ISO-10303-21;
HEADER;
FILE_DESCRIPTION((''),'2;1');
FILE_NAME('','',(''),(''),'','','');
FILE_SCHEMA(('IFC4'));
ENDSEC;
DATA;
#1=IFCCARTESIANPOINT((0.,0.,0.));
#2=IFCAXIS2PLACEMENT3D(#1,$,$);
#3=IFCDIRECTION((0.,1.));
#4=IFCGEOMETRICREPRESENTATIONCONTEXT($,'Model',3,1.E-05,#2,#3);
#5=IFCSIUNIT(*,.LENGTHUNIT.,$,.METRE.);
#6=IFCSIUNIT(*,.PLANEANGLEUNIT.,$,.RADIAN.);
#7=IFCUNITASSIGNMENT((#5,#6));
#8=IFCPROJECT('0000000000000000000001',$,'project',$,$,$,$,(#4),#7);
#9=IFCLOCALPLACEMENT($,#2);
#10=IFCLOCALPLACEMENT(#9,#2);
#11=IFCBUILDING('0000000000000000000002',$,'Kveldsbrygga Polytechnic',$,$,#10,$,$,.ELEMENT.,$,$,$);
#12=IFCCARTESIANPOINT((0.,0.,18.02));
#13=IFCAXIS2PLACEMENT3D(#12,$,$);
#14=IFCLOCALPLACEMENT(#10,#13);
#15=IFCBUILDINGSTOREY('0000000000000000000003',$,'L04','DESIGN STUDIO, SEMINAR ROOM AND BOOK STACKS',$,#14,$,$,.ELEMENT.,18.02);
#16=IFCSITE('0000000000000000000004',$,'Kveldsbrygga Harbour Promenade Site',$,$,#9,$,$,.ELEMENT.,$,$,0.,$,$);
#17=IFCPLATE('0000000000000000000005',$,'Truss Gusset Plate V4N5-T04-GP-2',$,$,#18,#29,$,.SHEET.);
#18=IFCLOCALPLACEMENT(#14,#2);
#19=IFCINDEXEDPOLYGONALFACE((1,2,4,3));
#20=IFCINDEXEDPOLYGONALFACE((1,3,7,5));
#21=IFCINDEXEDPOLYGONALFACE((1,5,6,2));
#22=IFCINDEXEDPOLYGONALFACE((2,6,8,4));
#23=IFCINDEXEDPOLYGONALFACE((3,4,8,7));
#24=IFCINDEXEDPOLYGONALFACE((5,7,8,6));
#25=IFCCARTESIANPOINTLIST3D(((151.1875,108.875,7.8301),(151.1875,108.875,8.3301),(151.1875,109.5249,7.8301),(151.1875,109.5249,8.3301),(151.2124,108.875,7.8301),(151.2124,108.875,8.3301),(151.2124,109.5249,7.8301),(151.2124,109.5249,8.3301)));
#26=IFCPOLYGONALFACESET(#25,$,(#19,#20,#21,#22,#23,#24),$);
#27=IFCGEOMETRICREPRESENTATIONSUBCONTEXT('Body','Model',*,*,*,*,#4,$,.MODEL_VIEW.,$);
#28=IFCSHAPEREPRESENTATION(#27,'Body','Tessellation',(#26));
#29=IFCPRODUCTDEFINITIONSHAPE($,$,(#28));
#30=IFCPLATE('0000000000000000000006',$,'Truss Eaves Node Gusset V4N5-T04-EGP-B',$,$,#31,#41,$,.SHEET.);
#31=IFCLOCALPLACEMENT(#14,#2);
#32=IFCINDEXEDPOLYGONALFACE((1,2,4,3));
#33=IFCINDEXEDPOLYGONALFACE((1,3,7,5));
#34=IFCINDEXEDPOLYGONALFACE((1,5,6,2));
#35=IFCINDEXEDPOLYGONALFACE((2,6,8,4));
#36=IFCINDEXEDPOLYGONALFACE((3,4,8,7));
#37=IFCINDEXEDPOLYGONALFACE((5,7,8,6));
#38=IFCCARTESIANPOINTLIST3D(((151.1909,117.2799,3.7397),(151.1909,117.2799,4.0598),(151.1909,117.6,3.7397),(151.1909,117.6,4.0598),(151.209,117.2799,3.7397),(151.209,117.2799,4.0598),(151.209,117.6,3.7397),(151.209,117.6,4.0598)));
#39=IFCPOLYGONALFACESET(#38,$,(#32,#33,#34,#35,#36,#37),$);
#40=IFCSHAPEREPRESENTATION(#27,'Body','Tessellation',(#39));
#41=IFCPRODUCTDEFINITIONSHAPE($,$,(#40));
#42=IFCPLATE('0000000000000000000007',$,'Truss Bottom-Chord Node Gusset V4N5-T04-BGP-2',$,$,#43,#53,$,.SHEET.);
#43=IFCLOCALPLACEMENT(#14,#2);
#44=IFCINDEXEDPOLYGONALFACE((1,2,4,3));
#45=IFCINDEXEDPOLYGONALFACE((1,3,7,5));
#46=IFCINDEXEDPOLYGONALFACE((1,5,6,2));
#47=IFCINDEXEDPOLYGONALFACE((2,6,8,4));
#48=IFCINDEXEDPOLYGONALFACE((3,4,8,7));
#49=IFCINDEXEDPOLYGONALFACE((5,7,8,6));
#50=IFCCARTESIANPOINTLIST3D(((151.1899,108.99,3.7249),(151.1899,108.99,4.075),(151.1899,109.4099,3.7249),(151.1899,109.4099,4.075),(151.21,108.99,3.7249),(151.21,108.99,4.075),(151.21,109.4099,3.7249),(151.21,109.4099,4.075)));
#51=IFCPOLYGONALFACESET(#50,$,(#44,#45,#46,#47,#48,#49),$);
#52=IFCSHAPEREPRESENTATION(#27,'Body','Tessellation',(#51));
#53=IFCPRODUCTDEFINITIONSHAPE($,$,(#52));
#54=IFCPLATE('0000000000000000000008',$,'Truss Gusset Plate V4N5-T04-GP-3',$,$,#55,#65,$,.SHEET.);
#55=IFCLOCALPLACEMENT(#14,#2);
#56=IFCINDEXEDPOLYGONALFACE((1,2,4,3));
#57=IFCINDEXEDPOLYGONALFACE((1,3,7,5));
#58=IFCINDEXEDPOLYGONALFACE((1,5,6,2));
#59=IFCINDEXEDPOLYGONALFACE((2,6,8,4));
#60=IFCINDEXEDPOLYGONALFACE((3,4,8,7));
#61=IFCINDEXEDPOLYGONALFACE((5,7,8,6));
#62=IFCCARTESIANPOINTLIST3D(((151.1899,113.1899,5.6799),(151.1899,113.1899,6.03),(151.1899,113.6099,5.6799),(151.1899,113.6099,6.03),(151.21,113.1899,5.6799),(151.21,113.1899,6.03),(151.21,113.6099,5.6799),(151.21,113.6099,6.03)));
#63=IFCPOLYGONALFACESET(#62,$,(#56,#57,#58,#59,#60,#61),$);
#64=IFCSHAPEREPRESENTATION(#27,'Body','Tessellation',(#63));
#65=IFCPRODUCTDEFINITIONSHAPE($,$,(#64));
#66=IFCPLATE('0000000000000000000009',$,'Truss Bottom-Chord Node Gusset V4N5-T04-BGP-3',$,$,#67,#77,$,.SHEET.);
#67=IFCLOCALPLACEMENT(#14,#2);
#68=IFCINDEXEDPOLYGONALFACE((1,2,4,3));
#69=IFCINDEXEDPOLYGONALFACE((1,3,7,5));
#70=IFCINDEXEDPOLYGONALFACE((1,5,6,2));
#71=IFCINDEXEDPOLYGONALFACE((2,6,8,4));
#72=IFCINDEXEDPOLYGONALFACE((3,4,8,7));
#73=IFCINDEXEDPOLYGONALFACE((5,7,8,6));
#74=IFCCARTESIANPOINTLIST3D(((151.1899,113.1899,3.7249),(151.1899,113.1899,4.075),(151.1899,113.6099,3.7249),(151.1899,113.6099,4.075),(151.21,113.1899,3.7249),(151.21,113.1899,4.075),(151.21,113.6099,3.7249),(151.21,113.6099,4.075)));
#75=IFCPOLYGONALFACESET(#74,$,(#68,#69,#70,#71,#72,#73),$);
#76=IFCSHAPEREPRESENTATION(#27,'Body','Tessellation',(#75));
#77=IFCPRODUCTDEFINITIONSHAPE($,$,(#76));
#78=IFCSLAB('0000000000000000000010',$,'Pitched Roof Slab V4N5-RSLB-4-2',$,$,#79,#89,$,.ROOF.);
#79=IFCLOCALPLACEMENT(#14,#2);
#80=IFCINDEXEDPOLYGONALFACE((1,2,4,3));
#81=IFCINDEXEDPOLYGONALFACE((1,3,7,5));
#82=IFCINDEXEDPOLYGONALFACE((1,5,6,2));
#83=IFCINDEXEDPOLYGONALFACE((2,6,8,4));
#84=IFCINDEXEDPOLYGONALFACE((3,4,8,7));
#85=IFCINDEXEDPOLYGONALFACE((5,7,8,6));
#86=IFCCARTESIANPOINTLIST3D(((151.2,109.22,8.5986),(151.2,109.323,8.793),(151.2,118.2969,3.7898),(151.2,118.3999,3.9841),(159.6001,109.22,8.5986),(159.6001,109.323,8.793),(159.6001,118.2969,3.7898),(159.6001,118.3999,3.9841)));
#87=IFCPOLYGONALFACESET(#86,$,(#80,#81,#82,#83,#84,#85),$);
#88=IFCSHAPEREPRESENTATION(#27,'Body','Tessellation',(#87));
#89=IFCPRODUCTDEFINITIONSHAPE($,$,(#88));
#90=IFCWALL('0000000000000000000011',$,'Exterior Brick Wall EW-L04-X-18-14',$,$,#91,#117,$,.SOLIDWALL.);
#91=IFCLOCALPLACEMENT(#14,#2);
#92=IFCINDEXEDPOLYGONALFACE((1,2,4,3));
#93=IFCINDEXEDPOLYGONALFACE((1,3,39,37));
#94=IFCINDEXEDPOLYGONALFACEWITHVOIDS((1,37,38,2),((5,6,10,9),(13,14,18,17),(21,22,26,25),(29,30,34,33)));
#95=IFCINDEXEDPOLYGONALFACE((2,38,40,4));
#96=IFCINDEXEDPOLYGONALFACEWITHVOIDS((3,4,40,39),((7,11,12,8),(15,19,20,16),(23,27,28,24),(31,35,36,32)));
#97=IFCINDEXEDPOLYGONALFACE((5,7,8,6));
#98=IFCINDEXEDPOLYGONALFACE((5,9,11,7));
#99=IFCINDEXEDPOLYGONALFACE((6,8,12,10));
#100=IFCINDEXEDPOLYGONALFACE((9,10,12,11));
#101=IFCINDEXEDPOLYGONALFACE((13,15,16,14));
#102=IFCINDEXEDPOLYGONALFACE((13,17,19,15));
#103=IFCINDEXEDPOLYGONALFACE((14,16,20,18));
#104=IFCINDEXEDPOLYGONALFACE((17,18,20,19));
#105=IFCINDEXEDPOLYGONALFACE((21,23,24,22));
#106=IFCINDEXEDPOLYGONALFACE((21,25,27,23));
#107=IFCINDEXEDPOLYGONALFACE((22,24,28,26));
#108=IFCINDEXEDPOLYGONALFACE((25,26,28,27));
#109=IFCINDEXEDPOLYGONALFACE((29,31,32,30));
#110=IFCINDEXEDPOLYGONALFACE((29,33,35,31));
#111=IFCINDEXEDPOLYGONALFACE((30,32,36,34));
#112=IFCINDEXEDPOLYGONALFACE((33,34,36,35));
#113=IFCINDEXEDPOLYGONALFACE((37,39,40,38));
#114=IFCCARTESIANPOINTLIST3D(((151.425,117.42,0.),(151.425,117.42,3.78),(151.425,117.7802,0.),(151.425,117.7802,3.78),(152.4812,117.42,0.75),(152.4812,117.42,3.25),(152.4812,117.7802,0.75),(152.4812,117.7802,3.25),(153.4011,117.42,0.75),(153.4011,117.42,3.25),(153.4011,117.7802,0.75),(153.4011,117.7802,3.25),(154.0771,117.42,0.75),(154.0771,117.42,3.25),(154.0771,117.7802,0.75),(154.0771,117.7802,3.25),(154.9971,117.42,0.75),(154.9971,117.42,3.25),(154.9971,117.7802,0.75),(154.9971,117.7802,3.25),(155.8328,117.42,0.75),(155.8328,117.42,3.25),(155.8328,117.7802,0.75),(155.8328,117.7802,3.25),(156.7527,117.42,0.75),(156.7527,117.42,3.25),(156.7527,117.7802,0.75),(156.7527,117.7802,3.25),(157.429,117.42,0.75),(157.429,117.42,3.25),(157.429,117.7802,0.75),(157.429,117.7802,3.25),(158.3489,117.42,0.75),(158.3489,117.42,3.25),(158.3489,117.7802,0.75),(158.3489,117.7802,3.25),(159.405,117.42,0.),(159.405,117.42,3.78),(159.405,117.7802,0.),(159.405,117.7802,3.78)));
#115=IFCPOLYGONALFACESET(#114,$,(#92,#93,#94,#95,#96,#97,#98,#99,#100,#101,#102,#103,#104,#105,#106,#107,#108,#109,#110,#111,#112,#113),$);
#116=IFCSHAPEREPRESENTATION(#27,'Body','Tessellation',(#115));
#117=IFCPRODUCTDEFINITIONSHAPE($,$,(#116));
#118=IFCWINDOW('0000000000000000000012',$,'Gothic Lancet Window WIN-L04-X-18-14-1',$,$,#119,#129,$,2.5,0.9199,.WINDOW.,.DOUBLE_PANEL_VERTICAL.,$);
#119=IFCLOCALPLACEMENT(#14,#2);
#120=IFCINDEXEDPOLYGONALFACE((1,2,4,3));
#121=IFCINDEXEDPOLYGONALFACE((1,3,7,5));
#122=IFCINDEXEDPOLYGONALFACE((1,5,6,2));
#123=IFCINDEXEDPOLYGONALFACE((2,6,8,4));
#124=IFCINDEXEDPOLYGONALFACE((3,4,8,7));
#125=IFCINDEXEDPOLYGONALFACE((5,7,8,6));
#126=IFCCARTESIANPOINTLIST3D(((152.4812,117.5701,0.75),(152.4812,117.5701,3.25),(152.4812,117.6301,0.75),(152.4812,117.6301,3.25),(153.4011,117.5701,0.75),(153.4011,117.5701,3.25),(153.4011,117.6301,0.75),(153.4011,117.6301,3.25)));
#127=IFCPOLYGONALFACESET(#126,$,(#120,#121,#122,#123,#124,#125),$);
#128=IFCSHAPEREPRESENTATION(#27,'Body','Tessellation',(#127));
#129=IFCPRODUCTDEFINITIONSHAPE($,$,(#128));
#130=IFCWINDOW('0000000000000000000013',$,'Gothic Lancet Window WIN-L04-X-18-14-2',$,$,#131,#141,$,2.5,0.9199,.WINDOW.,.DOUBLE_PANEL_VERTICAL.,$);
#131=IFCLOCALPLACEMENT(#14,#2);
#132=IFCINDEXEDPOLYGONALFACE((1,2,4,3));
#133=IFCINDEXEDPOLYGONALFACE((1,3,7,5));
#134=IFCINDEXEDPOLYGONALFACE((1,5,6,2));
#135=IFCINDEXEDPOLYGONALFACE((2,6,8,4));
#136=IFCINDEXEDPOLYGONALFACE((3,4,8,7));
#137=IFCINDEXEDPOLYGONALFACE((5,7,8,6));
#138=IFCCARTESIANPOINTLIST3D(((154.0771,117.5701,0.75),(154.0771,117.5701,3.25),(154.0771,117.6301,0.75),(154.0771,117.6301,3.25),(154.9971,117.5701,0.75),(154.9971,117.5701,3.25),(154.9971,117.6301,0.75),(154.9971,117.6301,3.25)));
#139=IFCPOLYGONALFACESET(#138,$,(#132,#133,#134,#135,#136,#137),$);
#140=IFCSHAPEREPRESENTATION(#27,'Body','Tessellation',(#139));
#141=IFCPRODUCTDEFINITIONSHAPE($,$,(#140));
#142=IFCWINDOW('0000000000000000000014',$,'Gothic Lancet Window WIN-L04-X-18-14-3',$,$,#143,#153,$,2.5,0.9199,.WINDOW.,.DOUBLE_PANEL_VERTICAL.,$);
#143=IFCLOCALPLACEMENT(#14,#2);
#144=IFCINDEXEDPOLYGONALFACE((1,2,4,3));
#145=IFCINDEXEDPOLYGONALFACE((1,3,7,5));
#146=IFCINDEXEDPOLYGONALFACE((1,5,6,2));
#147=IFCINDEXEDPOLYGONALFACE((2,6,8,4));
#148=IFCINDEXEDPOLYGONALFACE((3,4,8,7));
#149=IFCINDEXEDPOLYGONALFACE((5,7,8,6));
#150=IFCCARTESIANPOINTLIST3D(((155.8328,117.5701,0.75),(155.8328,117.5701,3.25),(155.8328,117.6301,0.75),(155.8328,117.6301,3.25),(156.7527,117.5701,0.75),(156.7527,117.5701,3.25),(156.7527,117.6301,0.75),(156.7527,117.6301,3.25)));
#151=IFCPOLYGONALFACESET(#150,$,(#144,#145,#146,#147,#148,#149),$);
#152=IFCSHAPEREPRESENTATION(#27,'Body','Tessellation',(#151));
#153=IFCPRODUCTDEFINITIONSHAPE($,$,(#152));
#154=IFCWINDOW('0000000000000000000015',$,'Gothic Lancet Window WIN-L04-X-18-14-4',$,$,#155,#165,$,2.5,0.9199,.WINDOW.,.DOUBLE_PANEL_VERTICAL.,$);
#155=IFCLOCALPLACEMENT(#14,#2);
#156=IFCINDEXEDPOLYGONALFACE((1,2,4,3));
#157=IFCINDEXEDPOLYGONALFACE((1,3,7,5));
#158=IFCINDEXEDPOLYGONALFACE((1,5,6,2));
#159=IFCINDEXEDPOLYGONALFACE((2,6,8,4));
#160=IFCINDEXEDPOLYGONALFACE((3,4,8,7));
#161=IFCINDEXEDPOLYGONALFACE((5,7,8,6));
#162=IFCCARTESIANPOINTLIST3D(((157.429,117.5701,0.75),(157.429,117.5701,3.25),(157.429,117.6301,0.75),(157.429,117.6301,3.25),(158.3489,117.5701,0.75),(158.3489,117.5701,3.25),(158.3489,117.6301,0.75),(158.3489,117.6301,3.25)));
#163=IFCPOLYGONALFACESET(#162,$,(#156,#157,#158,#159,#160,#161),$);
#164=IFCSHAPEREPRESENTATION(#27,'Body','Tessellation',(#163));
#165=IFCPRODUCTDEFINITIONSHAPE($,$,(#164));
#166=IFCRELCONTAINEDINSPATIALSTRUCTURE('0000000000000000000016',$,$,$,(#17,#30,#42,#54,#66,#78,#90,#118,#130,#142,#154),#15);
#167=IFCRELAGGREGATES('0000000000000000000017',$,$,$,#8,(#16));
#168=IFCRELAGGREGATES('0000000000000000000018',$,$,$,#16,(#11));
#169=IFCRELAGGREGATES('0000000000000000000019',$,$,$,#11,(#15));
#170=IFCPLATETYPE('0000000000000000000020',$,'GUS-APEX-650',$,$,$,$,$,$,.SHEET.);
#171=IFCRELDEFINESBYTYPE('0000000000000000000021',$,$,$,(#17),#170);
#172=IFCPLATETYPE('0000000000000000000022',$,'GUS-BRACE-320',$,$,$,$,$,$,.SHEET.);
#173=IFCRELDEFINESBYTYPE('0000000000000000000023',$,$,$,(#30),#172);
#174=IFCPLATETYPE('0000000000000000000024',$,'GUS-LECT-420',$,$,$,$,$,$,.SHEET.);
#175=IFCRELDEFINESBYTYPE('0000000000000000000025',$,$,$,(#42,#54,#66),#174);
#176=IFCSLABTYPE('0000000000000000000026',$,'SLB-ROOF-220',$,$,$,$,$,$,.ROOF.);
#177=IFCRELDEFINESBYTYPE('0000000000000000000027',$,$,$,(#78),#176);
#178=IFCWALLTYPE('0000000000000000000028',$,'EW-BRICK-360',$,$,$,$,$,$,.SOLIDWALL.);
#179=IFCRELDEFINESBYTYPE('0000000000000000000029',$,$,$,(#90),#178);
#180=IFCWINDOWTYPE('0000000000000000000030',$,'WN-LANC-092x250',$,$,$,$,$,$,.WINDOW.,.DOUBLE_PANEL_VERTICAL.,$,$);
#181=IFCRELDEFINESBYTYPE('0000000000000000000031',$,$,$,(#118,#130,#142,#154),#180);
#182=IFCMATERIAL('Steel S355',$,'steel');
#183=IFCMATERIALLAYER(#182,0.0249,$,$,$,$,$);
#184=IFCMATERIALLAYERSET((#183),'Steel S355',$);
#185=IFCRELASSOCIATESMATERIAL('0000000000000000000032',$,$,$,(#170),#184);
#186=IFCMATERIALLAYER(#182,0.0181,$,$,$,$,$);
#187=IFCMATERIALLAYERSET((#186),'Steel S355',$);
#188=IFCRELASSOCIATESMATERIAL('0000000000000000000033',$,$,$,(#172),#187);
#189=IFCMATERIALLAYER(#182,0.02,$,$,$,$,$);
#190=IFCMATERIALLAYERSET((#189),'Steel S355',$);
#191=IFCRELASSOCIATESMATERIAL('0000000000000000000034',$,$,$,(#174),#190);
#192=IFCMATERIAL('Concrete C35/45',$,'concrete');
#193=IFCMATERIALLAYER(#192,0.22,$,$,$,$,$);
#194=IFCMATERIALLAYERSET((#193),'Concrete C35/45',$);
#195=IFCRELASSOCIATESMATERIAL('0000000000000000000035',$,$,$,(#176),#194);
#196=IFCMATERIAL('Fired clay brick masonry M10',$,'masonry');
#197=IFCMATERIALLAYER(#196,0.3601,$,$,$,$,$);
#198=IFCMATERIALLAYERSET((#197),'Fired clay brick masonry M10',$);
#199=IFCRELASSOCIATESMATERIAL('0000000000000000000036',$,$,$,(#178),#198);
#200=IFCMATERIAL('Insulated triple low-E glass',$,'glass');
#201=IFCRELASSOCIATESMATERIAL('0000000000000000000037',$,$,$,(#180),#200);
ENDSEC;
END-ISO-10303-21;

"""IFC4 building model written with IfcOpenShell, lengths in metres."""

from ifc_helpers import new_model, si_unit, direction, frame, frame_2d, origin, origin_2d, place, context, subcontext, project, spatial, polyline, rectangle, outline, extrude, material, layer, layer_set, type_object, element, fill, save


model = new_model("IFC4")

# Units and contexts
model_context = context("Model", 3, precision=1e-05, world=origin(), true_north=direction((0.0, 1.0)))
body_context = subcontext(model_context, "Body", "Model", "MODEL_VIEW")
ifc_project = project(units=[si_unit("LENGTHUNIT", "METRE"), si_unit("PLANEANGLEUNIT", "RADIAN")], contexts=[model_context])

# Site, building, storey
site_placement = place(None, origin())
site = spatial("IfcSite", under=ifc_project, at=site_placement, Name="Kveldsbrygga Harbour Promenade Site", CompositionType="ELEMENT", RefElevation=0.0)
building_placement = place(site_placement, origin())
building = spatial("IfcBuilding", under=site, at=building_placement, Name="Kveldsbrygga Polytechnic", CompositionType="ELEMENT")
storey_placement = place(building_placement, frame((0.0, 0.0, 18.02)))
storey = spatial("IfcBuildingStorey", under=building, at=storey_placement, Name="L04", Description="DESIGN STUDIO, SEMINAR ROOM AND BOOK STACKS", CompositionType="ELEMENT", Elevation=18.02)

# Shared definitions
ifc_material_1 = material(Name="Steel S355", Category="steel")

# Plates
ifc_layer_1 = layer(ifc_material_1, 0.0249)
ifc_layer_set_1 = layer_set([ifc_layer_1], Name="Steel S355")
plate_type_1 = type_object("IfcPlateType", Name="GUS-APEX-650", PredefinedType="SHEET", material=ifc_layer_set_1)
plate_1_placement = place(storey_placement, frame((151.2, 109.2, 7.8301), z_axis=(0.0, 0.0, 1.0), x_axis=(1.0, 0.0, 0.0)))
element("IfcPlate", 1, at=plate_1_placement, inside=storey, type_object=plate_type_1, Name="Truss Gusset Plate V4N5-T04-GP-2", PredefinedType="SHEET", context=body_context, shape_type="SweptSolid", body=[
    extrude(rectangle(XDim=0.0249, YDim=0.6499, at=origin_2d()), origin(), (0.0, 0.0, 1.0), 0.5),
])
ifc_layer_2 = layer(ifc_material_1, 0.0181)
ifc_layer_set_2 = layer_set([ifc_layer_2], Name="Steel S355")
plate_type_2 = type_object("IfcPlateType", Name="GUS-BRACE-320", PredefinedType="SHEET", material=ifc_layer_set_2)
plate_2_placement = place(storey_placement, frame((151.2, 117.4399, 3.7397), z_axis=(0.0, 0.0, 1.0), x_axis=(1.0, 0.0, 0.0)))
element("IfcPlate", 2, at=plate_2_placement, inside=storey, type_object=plate_type_2, Name="Truss Eaves Node Gusset V4N5-T04-EGP-B", PredefinedType="SHEET", context=body_context, shape_type="SweptSolid", body=[
    extrude(rectangle(XDim=0.0181, YDim=0.3201, at=origin_2d()), origin(), (0.0, 0.0, 1.0), 0.3201),
])
ifc_layer_3 = layer(ifc_material_1, 0.02)
ifc_layer_set_3 = layer_set([ifc_layer_3], Name="Steel S355")
plate_type_3 = type_object("IfcPlateType", Name="GUS-LECT-420", PredefinedType="SHEET", material=ifc_layer_set_3)
for number, where, z_axis, x_axis, name in (
    (3, (151.2, 109.2, 3.7249), (0.0, 0.0, 1.0), (1.0, 0.0, 0.0), "Truss Bottom-Chord Node Gusset V4N5-T04-BGP-2"),
    (4, (151.2, 113.3999, 5.6799), (0.0, 0.0, 1.0), (1.0, 0.0, 0.0), "Truss Gusset Plate V4N5-T04-GP-3"),
    (5, (151.2, 113.3999, 3.7249), (0.0, 0.0, 1.0), (1.0, 0.0, 0.0), "Truss Bottom-Chord Node Gusset V4N5-T04-BGP-3"),
):
    element("IfcPlate", number, at=place(storey_placement, frame(where, z_axis=z_axis, x_axis=x_axis)), inside=storey, type_object=plate_type_3, Name=name, PredefinedType="SHEET", context=body_context, shape_type="SweptSolid", body=[
        extrude(rectangle(XDim=0.02, YDim=0.4199, at=origin_2d()), origin(), (0.0, 0.0, 1.0), 0.3501),
    ])

# Slab
ifc_material_2 = material(Name="Concrete C35/45", Category="concrete")
ifc_layer_4 = layer(ifc_material_2, 0.22)
ifc_layer_set_4 = layer_set([ifc_layer_4], Name="Concrete C35/45")
slab_type = type_object("IfcSlabType", Name="SLB-ROOF-220", PredefinedType="ROOF", material=ifc_layer_set_4)
slab_placement = place(storey_placement, frame((151.2, 109.323, 8.793), z_axis=(0.0, 0.468148, 0.88365), x_axis=(1.0, 0.0, 0.0)))
element("IfcSlab", 6, at=slab_placement, inside=storey, type_object=slab_type, Name="Pitched Roof Slab V4N5-RSLB-4-2", PredefinedType="ROOF", context=body_context, shape_type="SweptSolid", body=[
    extrude(outline(polyline([(0.0, 0.0), (8.4001, 0.0), (8.4001, 10.2721), (0.0, 10.2721), (0.0, 0.0)])), origin(), (0.0, 0.0, -1.0), 0.22),
])

# Wall, openings, windows
ifc_material_3 = material(Name="Fired clay brick masonry M10", Category="masonry")
ifc_layer_5 = layer(ifc_material_3, 0.3601)
ifc_layer_set_5 = layer_set([ifc_layer_5], Name="Fired clay brick masonry M10")
wall_type = type_object("IfcWallType", Name="EW-BRICK-360", PredefinedType="SOLIDWALL", material=ifc_layer_set_5)
wall_placement = place(storey_placement, frame((151.425, 117.6001, 0.0), z_axis=(0.0, 0.0, 1.0), x_axis=(1.0, 0.0, 0.0)))
wall = element("IfcWall", 7, at=wall_placement, inside=storey, type_object=wall_type, Name="Exterior Brick Wall EW-L04-X-18-14", PredefinedType="SOLIDWALL", context=body_context, shape_type="SweptSolid", body=[
    extrude(rectangle(XDim=7.98, YDim=0.3601, at=frame_2d((3.99, 0.0))), origin(), (0.0, 0.0, 1.0), 3.78),
])
opening_1_placement = place(wall_placement, frame((1.0562, 0.0, 0.75)))
opening_1 = element("IfcOpeningElement", 8, at=opening_1_placement, cuts=wall, PredefinedType="OPENING", context=body_context, shape_type="SweptSolid", body=[
    extrude(rectangle(XDim=0.9199, YDim=2.5, at=frame_2d((0.46, 1.25))), frame((0.0, 0.1899, 0.0), z_axis=(0.0, -1.0, 0.0), x_axis=(1.0, 0.0, 0.0)), (0.0, 0.0, 1.0), 0.3801),
])
opening_2_placement = place(wall_placement, frame((2.6521, 0.0, 0.75)))
opening_2 = element("IfcOpeningElement", 9, at=opening_2_placement, cuts=wall, PredefinedType="OPENING", context=body_context, shape_type="SweptSolid", body=[
    extrude(rectangle(XDim=0.9199, YDim=2.5, at=frame_2d((0.46, 1.25))), frame((0.0, 0.1899, 0.0), z_axis=(0.0, -1.0, 0.0), x_axis=(1.0, 0.0, 0.0)), (0.0, 0.0, 1.0), 0.3801),
])
opening_3_placement = place(wall_placement, frame((4.4077, 0.0, 0.75)))
opening_3 = element("IfcOpeningElement", 10, at=opening_3_placement, cuts=wall, PredefinedType="OPENING", context=body_context, shape_type="SweptSolid", body=[
    extrude(rectangle(XDim=0.9199, YDim=2.5, at=frame_2d((0.46, 1.25))), frame((0.0, 0.1899, 0.0), z_axis=(0.0, -1.0, 0.0), x_axis=(1.0, 0.0, 0.0)), (0.0, 0.0, 1.0), 0.3801),
])
opening_4_placement = place(wall_placement, frame((6.0039, 0.0, 0.75)))
opening_4 = element("IfcOpeningElement", 11, at=opening_4_placement, cuts=wall, PredefinedType="OPENING", context=body_context, shape_type="SweptSolid", body=[
    extrude(rectangle(XDim=0.9199, YDim=2.5, at=frame_2d((0.46, 1.25))), frame((0.0, 0.1899, 0.0), z_axis=(0.0, -1.0, 0.0), x_axis=(1.0, 0.0, 0.0)), (0.0, 0.0, 1.0), 0.3801),
])
ifc_material_4 = material(Name="Insulated triple low-E glass", Category="glass")
window_type = type_object("IfcWindowType", Name="WN-LANC-092x250", PartitioningType="DOUBLE_PANEL_VERTICAL", PredefinedType="WINDOW", material=ifc_material_4)
window_1_placement = place(opening_1_placement, origin())
window_1 = element("IfcWindow", 12, at=window_1_placement, inside=storey, type_object=window_type, Name="Gothic Lancet Window WIN-L04-X-18-14-1", OverallHeight=2.5, OverallWidth=0.9199, PartitioningType="DOUBLE_PANEL_VERTICAL", PredefinedType="WINDOW", context=body_context, shape_type="SweptSolid", body=[
    extrude(rectangle(XDim=0.9199, YDim=2.5, at=frame_2d((0.46, 1.25))), frame((0.0, 0.03, 0.0), z_axis=(0.0, -1.0, 0.0), x_axis=(1.0, 0.0, 0.0)), (0.0, 0.0, 1.0), 0.0601),
])
fill(opening_1, window_1)
window_2_placement = place(opening_2_placement, origin())
window_2 = element("IfcWindow", 13, at=window_2_placement, inside=storey, type_object=window_type, Name="Gothic Lancet Window WIN-L04-X-18-14-2", OverallHeight=2.5, OverallWidth=0.9199, PartitioningType="DOUBLE_PANEL_VERTICAL", PredefinedType="WINDOW", context=body_context, shape_type="SweptSolid", body=[
    extrude(rectangle(XDim=0.9199, YDim=2.5, at=frame_2d((0.46, 1.25))), frame((0.0, 0.03, 0.0), z_axis=(0.0, -1.0, 0.0), x_axis=(1.0, 0.0, 0.0)), (0.0, 0.0, 1.0), 0.0601),
])
fill(opening_2, window_2)
window_3_placement = place(opening_3_placement, origin())
window_3 = element("IfcWindow", 14, at=window_3_placement, inside=storey, type_object=window_type, Name="Gothic Lancet Window WIN-L04-X-18-14-3", OverallHeight=2.5, OverallWidth=0.9199, PartitioningType="DOUBLE_PANEL_VERTICAL", PredefinedType="WINDOW", context=body_context, shape_type="SweptSolid", body=[
    extrude(rectangle(XDim=0.9199, YDim=2.5, at=frame_2d((0.46, 1.25))), frame((0.0, 0.03, 0.0), z_axis=(0.0, -1.0, 0.0), x_axis=(1.0, 0.0, 0.0)), (0.0, 0.0, 1.0), 0.0601),
])
fill(opening_3, window_3)
window_4_placement = place(opening_4_placement, origin())
window_4 = element("IfcWindow", 15, at=window_4_placement, inside=storey, type_object=window_type, Name="Gothic Lancet Window WIN-L04-X-18-14-4", OverallHeight=2.5, OverallWidth=0.9199, PartitioningType="DOUBLE_PANEL_VERTICAL", PredefinedType="WINDOW", context=body_context, shape_type="SweptSolid", body=[
    extrude(rectangle(XDim=0.9199, YDim=2.5, at=frame_2d((0.46, 1.25))), frame((0.0, 0.03, 0.0), z_axis=(0.0, -1.0, 0.0), x_axis=(1.0, 0.0, 0.0)), (0.0, 0.0, 1.0), 0.0601),
])
fill(opening_4, window_4)

save(model, "model.ifc")
